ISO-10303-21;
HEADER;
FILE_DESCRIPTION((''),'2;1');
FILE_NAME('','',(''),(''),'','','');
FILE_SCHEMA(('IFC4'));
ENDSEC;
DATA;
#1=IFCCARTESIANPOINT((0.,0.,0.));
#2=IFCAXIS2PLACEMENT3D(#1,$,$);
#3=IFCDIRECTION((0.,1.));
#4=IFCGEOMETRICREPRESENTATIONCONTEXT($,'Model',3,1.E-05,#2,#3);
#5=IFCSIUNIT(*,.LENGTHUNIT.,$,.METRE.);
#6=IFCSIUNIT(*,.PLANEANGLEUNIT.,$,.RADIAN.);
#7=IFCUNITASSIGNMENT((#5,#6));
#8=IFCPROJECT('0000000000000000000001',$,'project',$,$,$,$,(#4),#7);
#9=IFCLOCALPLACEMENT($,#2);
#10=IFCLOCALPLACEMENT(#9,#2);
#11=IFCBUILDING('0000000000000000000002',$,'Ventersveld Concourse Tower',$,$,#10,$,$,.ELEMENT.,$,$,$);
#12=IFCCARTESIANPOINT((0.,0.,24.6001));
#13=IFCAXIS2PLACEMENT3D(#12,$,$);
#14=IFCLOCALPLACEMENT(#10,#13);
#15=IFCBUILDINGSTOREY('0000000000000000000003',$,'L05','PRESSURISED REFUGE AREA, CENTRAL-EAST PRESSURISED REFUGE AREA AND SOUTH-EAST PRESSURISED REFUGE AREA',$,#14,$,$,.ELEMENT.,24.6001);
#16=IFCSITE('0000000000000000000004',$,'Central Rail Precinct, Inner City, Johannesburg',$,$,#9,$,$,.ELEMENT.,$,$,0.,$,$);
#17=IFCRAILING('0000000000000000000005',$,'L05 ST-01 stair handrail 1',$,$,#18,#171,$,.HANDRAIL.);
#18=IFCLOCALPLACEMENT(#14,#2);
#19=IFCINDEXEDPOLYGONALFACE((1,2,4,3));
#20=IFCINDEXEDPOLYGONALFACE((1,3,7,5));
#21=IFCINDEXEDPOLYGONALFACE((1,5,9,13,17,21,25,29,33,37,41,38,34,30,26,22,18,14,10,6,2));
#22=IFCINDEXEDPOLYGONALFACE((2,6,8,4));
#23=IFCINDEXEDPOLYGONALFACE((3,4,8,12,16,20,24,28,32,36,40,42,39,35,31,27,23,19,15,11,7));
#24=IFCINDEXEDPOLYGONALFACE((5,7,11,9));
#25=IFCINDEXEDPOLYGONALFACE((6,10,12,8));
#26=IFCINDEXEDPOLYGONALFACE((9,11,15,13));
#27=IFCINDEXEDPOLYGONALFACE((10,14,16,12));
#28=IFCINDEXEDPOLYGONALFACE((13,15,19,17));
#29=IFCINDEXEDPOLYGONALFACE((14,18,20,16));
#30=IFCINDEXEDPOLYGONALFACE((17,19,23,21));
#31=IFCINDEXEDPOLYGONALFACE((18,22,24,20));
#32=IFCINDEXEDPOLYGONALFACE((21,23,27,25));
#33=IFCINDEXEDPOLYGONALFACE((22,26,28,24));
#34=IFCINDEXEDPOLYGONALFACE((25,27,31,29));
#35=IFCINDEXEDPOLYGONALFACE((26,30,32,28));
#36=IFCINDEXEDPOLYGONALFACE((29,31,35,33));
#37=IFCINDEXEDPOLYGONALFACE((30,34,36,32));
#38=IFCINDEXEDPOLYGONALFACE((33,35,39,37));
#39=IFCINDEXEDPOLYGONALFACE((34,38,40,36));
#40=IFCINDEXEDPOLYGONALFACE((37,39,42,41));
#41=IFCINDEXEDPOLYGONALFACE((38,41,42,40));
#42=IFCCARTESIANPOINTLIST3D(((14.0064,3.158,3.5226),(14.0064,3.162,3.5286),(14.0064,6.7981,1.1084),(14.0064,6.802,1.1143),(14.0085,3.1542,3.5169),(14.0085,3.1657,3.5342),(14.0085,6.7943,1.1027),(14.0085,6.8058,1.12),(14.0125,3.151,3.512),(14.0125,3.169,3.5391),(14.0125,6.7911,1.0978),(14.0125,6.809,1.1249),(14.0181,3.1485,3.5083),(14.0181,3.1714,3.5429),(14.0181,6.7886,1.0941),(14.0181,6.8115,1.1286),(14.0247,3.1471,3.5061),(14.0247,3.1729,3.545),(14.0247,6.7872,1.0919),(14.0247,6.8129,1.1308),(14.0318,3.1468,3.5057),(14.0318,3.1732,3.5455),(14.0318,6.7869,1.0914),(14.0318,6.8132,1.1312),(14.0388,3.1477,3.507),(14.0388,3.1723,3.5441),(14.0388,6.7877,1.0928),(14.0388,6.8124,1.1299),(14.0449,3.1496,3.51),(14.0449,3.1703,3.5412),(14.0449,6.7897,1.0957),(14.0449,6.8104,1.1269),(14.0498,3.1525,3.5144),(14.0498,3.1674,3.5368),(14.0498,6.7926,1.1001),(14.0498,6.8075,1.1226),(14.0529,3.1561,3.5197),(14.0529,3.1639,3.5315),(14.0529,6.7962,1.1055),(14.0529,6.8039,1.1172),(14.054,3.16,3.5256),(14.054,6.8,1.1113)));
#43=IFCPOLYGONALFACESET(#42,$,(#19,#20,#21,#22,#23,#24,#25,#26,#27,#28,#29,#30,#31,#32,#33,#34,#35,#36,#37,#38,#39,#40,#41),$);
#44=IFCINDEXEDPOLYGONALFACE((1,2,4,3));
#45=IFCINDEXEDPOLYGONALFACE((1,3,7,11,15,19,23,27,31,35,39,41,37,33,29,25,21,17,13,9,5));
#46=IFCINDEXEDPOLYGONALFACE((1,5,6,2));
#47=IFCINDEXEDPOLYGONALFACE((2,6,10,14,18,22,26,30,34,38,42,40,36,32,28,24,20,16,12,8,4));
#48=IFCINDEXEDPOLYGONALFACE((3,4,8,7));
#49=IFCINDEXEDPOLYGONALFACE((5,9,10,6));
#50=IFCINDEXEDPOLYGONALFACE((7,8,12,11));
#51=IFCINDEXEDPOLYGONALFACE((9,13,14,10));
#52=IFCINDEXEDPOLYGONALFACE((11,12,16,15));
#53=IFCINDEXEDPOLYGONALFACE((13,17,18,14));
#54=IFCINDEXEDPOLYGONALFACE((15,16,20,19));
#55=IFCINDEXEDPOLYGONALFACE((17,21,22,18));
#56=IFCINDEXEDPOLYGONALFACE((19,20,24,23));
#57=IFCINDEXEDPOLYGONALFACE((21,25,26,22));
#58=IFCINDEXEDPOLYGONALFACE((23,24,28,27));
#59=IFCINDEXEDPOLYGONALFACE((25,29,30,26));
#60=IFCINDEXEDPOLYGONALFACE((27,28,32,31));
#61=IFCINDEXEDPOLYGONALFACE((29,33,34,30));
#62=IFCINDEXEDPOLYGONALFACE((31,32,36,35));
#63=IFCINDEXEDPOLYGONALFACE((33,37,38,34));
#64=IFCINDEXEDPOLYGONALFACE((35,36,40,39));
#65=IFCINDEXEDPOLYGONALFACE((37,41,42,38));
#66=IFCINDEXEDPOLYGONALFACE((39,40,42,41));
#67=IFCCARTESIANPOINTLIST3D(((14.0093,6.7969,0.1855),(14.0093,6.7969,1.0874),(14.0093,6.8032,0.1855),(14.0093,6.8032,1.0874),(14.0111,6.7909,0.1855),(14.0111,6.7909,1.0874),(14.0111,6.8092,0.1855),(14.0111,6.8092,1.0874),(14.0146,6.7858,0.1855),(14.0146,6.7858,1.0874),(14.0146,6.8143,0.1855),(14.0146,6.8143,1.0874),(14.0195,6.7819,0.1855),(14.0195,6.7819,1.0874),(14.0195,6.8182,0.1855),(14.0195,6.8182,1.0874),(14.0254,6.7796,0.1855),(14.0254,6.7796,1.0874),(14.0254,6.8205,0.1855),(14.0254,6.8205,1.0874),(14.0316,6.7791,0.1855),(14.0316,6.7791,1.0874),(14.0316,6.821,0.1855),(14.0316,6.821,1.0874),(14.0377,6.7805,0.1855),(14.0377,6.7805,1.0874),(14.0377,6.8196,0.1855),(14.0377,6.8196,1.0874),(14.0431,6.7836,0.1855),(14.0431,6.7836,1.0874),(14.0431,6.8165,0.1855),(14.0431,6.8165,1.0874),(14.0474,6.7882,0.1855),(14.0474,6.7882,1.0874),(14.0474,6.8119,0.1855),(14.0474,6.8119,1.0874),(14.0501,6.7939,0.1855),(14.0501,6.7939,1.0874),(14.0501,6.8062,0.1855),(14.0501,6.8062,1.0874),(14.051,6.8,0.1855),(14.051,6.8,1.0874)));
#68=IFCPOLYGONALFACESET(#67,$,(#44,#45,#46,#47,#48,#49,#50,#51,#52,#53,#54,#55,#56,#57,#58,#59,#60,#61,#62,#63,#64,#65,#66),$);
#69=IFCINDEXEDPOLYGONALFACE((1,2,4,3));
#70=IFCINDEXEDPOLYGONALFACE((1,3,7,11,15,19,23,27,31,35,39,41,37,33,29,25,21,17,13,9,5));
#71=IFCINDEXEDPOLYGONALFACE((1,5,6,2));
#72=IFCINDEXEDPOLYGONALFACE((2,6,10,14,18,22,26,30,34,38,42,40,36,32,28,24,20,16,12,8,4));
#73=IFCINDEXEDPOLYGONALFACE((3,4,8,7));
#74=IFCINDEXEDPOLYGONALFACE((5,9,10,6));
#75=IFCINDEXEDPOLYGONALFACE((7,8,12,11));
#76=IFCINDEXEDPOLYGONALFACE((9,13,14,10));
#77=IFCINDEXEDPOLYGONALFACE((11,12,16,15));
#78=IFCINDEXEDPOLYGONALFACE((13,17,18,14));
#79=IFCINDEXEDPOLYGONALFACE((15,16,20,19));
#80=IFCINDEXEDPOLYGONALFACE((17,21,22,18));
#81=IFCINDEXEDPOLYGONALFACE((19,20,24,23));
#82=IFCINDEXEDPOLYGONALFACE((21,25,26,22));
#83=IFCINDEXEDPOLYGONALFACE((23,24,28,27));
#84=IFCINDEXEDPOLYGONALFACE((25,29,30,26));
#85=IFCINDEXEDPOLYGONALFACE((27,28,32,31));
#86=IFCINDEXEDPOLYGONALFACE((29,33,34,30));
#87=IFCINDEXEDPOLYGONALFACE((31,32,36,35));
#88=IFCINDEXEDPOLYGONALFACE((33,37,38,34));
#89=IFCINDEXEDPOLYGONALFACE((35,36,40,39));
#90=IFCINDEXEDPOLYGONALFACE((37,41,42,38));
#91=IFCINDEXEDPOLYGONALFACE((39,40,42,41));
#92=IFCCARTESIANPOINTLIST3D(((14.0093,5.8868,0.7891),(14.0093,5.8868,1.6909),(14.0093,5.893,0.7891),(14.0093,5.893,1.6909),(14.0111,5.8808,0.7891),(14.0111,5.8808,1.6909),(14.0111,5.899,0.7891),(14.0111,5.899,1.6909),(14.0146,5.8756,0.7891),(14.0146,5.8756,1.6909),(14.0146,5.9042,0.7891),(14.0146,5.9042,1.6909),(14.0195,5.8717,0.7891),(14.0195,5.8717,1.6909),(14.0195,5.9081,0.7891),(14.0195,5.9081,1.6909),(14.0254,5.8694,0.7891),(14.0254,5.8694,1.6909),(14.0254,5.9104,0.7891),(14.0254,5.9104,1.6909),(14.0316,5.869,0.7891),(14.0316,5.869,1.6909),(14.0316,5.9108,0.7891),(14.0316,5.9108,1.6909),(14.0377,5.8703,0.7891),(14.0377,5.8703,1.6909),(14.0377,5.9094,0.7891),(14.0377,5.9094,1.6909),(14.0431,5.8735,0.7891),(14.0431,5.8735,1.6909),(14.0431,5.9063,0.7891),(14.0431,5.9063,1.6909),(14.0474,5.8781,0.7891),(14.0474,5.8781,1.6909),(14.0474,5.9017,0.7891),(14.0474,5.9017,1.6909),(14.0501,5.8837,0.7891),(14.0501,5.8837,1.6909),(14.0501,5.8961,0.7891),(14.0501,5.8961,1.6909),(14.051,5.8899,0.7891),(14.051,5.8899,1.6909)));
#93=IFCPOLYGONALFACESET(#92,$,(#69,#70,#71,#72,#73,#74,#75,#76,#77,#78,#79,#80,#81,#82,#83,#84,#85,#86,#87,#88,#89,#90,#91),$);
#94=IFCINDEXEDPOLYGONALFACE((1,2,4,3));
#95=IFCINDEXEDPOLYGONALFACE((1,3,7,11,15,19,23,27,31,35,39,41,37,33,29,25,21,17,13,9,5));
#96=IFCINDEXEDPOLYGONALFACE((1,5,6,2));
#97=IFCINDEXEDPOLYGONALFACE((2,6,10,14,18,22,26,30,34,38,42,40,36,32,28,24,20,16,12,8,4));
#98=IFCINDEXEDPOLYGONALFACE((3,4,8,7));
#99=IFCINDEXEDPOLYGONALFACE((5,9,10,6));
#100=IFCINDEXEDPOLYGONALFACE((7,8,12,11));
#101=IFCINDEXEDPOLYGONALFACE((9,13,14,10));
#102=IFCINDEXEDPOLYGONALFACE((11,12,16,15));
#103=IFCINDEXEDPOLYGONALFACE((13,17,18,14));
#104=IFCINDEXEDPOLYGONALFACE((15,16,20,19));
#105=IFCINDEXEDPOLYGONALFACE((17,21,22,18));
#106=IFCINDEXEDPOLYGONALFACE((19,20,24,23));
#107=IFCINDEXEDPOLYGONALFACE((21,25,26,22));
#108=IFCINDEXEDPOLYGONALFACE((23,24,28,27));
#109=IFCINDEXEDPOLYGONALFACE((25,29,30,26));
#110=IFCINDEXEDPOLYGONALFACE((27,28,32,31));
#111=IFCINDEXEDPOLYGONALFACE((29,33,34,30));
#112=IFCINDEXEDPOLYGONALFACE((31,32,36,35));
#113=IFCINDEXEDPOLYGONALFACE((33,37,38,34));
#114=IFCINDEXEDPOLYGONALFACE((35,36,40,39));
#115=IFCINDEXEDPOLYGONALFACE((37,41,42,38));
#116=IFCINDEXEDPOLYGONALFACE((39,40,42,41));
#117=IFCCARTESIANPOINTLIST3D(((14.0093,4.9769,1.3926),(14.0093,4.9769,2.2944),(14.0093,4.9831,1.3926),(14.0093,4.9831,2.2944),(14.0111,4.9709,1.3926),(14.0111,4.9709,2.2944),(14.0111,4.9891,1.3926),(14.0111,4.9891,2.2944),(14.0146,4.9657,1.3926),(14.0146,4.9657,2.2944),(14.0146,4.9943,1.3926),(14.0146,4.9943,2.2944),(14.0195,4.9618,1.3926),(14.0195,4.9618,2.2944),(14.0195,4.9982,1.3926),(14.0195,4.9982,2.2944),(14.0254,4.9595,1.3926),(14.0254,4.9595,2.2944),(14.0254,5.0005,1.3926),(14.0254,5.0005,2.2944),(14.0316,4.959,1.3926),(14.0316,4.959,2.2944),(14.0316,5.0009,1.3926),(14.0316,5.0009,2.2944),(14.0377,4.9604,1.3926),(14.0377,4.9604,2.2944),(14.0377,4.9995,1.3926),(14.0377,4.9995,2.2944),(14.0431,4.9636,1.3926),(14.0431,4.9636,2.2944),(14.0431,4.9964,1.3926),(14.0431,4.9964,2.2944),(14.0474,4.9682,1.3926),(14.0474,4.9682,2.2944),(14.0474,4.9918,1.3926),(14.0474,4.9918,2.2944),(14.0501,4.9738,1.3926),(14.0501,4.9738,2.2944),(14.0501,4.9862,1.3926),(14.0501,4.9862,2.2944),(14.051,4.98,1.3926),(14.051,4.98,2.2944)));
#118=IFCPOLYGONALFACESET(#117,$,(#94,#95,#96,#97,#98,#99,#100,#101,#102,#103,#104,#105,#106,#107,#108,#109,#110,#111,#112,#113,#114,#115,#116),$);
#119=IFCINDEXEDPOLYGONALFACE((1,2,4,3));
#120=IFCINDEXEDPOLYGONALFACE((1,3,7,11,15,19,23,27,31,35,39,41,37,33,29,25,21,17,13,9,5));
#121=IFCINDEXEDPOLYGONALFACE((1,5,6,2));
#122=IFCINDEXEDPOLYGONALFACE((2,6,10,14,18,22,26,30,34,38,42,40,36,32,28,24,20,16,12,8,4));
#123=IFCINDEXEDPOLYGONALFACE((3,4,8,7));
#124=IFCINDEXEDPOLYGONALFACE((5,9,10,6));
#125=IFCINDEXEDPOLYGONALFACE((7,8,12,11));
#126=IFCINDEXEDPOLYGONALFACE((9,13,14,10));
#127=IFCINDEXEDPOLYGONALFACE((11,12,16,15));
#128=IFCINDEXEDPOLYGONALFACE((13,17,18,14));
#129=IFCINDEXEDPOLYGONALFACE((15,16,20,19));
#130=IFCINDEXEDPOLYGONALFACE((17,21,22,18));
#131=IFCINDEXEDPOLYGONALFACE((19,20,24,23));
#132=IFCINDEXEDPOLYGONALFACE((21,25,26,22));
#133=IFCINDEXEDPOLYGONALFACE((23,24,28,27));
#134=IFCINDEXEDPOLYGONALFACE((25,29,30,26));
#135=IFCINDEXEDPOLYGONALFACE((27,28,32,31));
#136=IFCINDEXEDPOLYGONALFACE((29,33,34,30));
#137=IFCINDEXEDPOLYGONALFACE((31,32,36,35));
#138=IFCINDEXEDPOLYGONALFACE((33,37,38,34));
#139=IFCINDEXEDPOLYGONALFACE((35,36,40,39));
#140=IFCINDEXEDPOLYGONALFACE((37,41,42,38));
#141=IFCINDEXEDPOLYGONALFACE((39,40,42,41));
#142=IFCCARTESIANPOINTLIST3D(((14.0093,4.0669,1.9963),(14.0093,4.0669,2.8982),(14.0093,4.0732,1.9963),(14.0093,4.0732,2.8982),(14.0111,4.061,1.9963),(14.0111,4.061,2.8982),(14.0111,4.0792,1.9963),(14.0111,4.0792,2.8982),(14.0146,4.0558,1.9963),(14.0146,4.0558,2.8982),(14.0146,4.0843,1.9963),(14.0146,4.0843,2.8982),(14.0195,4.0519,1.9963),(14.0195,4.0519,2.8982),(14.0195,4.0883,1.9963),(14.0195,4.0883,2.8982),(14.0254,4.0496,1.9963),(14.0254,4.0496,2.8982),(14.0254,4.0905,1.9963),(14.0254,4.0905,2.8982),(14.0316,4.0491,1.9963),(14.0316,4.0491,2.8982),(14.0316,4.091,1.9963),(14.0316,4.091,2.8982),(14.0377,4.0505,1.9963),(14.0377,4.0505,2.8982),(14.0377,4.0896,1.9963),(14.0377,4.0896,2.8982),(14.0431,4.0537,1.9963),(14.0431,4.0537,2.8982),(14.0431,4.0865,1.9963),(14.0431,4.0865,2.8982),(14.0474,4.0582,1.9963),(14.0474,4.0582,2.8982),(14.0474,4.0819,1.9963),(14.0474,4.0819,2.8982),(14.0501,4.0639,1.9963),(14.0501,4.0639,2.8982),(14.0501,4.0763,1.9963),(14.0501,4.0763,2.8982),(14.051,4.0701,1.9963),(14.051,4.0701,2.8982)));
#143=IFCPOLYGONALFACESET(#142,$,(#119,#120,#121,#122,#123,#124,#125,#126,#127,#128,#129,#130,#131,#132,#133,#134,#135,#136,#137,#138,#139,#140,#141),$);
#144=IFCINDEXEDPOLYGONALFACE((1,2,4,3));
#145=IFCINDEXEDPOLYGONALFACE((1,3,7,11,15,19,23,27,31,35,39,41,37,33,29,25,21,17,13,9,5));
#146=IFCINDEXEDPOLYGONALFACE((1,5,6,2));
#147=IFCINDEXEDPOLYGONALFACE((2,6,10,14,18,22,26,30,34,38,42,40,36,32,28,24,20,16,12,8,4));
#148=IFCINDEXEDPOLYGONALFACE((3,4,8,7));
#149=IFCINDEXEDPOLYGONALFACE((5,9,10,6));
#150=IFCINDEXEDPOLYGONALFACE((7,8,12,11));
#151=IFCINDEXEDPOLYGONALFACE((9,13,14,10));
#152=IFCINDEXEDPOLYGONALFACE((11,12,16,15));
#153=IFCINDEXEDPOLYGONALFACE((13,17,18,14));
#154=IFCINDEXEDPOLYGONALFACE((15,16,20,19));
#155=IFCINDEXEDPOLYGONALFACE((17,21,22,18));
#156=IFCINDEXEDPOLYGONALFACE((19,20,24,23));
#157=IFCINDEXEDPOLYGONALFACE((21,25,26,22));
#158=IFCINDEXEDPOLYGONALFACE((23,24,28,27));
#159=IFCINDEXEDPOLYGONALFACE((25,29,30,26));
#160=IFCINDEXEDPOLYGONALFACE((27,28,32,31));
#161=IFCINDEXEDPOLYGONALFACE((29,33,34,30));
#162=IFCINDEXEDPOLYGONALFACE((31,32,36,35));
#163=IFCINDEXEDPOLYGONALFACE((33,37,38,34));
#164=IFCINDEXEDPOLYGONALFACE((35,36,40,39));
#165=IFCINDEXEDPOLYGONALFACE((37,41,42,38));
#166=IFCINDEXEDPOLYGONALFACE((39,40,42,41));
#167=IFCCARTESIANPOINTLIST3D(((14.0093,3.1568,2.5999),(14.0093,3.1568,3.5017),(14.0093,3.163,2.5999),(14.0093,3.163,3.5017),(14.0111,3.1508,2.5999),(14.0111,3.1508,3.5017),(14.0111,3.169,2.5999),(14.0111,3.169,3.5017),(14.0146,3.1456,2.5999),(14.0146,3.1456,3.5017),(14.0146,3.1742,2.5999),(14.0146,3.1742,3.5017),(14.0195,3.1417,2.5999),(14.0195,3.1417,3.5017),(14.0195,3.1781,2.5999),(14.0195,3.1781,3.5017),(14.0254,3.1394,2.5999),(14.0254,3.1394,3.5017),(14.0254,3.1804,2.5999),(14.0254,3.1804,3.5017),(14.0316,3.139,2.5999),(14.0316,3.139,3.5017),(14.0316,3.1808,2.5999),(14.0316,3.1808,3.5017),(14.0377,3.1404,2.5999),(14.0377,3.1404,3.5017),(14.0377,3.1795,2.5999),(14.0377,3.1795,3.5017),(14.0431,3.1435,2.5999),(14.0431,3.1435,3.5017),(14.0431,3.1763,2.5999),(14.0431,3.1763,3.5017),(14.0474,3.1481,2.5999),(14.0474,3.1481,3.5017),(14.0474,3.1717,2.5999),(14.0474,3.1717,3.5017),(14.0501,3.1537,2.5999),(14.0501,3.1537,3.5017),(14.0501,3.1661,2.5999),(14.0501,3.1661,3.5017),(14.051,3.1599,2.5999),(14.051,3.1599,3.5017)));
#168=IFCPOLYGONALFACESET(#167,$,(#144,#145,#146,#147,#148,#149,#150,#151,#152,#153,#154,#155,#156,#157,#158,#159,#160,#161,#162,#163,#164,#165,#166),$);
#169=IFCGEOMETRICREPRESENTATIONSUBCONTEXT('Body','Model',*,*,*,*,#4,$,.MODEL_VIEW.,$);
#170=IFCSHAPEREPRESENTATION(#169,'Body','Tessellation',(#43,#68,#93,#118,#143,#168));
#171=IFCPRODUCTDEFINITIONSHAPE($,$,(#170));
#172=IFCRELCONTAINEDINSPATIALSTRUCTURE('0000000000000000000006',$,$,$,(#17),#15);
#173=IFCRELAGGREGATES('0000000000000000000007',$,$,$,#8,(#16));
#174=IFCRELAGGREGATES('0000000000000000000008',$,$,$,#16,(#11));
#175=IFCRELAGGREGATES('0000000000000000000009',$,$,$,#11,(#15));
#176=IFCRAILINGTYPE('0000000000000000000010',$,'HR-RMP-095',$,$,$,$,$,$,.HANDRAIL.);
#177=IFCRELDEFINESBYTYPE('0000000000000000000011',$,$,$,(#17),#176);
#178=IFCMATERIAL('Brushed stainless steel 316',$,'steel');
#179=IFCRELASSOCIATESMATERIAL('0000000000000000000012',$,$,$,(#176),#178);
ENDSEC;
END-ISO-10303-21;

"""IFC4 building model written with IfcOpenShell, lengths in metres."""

from ifc_helpers import new_model, si_unit, direction, frame, origin, origin_2d, place, context, subcontext, project, spatial, circle, extrude, material, type_object, element, save


model = new_model("IFC4")

# Units and contexts
model_context = context("Model", 3, precision=1e-05, world=origin(), true_north=direction((0.0, 1.0)))
body_context = subcontext(model_context, "Body", "Model", "MODEL_VIEW")
ifc_project = project(units=[si_unit("LENGTHUNIT", "METRE"), si_unit("PLANEANGLEUNIT", "RADIAN")], contexts=[model_context])

# Site, building, storey
site_placement = place(None, origin())
site = spatial("IfcSite", under=ifc_project, at=site_placement, Name="Central Rail Precinct, Inner City, Johannesburg", CompositionType="ELEMENT", RefElevation=0.0)
building_placement = place(site_placement, origin())
building = spatial("IfcBuilding", under=site, at=building_placement, Name="Ventersveld Concourse Tower", CompositionType="ELEMENT")
storey_placement = place(building_placement, frame((0.0, 0.0, 24.6001)))
storey = spatial("IfcBuildingStorey", under=building, at=storey_placement, Name="L05", Description="PRESSURISED REFUGE AREA, CENTRAL-EAST PRESSURISED REFUGE AREA AND SOUTH-EAST PRESSURISED REFUGE AREA", CompositionType="ELEMENT", Elevation=24.6001)

# Shared definitions
ifc_material_1 = material(Name="Brushed stainless steel 316", Category="steel")

# Railing
railing_type_1 = type_object("IfcRailingType", Name="HR-RMP-095", PredefinedType="HANDRAIL", material=ifc_material_1)
railing_1_placement = place(storey_placement, frame((14.03, 6.8, 0.1855)))
element("IfcRailing", 1, at=railing_1_placement, inside=storey, type_object=railing_type_1, Name="L05 ST-01 stair handrail 1", PredefinedType="HANDRAIL", context=body_context, shape_type="SweptSolid", body=[
    extrude(circle(Radius=0.0239, at=origin_2d()), frame((0.0, 0.0, 0.9258), z_axis=(0.0, -0.833364, 0.552725), x_axis=(1.0, 0.0, 0.0)), (0.0, 0.0, 1.0), 4.3679),
    extrude(circle(Radius=0.021, at=origin_2d()), origin(), (0.0, 0.0, 1.0), 0.9019),
    extrude(circle(Radius=0.021, at=origin_2d()), frame((0.0, -0.9102, 0.6035)), (0.0, 0.0, 1.0), 0.9019),
    extrude(circle(Radius=0.021, at=origin_2d()), frame((0.0, -1.8201, 1.207)), (0.0, 0.0, 1.0), 0.9019),
    extrude(circle(Radius=0.021, at=origin_2d()), frame((0.0, -2.73, 1.8108)), (0.0, 0.0, 1.0), 0.9019),
    extrude(circle(Radius=0.021, at=origin_2d()), frame((0.0, -3.6401, 2.4143)), (0.0, 0.0, 1.0), 0.9019),
])

save(model, "model.ifc")
